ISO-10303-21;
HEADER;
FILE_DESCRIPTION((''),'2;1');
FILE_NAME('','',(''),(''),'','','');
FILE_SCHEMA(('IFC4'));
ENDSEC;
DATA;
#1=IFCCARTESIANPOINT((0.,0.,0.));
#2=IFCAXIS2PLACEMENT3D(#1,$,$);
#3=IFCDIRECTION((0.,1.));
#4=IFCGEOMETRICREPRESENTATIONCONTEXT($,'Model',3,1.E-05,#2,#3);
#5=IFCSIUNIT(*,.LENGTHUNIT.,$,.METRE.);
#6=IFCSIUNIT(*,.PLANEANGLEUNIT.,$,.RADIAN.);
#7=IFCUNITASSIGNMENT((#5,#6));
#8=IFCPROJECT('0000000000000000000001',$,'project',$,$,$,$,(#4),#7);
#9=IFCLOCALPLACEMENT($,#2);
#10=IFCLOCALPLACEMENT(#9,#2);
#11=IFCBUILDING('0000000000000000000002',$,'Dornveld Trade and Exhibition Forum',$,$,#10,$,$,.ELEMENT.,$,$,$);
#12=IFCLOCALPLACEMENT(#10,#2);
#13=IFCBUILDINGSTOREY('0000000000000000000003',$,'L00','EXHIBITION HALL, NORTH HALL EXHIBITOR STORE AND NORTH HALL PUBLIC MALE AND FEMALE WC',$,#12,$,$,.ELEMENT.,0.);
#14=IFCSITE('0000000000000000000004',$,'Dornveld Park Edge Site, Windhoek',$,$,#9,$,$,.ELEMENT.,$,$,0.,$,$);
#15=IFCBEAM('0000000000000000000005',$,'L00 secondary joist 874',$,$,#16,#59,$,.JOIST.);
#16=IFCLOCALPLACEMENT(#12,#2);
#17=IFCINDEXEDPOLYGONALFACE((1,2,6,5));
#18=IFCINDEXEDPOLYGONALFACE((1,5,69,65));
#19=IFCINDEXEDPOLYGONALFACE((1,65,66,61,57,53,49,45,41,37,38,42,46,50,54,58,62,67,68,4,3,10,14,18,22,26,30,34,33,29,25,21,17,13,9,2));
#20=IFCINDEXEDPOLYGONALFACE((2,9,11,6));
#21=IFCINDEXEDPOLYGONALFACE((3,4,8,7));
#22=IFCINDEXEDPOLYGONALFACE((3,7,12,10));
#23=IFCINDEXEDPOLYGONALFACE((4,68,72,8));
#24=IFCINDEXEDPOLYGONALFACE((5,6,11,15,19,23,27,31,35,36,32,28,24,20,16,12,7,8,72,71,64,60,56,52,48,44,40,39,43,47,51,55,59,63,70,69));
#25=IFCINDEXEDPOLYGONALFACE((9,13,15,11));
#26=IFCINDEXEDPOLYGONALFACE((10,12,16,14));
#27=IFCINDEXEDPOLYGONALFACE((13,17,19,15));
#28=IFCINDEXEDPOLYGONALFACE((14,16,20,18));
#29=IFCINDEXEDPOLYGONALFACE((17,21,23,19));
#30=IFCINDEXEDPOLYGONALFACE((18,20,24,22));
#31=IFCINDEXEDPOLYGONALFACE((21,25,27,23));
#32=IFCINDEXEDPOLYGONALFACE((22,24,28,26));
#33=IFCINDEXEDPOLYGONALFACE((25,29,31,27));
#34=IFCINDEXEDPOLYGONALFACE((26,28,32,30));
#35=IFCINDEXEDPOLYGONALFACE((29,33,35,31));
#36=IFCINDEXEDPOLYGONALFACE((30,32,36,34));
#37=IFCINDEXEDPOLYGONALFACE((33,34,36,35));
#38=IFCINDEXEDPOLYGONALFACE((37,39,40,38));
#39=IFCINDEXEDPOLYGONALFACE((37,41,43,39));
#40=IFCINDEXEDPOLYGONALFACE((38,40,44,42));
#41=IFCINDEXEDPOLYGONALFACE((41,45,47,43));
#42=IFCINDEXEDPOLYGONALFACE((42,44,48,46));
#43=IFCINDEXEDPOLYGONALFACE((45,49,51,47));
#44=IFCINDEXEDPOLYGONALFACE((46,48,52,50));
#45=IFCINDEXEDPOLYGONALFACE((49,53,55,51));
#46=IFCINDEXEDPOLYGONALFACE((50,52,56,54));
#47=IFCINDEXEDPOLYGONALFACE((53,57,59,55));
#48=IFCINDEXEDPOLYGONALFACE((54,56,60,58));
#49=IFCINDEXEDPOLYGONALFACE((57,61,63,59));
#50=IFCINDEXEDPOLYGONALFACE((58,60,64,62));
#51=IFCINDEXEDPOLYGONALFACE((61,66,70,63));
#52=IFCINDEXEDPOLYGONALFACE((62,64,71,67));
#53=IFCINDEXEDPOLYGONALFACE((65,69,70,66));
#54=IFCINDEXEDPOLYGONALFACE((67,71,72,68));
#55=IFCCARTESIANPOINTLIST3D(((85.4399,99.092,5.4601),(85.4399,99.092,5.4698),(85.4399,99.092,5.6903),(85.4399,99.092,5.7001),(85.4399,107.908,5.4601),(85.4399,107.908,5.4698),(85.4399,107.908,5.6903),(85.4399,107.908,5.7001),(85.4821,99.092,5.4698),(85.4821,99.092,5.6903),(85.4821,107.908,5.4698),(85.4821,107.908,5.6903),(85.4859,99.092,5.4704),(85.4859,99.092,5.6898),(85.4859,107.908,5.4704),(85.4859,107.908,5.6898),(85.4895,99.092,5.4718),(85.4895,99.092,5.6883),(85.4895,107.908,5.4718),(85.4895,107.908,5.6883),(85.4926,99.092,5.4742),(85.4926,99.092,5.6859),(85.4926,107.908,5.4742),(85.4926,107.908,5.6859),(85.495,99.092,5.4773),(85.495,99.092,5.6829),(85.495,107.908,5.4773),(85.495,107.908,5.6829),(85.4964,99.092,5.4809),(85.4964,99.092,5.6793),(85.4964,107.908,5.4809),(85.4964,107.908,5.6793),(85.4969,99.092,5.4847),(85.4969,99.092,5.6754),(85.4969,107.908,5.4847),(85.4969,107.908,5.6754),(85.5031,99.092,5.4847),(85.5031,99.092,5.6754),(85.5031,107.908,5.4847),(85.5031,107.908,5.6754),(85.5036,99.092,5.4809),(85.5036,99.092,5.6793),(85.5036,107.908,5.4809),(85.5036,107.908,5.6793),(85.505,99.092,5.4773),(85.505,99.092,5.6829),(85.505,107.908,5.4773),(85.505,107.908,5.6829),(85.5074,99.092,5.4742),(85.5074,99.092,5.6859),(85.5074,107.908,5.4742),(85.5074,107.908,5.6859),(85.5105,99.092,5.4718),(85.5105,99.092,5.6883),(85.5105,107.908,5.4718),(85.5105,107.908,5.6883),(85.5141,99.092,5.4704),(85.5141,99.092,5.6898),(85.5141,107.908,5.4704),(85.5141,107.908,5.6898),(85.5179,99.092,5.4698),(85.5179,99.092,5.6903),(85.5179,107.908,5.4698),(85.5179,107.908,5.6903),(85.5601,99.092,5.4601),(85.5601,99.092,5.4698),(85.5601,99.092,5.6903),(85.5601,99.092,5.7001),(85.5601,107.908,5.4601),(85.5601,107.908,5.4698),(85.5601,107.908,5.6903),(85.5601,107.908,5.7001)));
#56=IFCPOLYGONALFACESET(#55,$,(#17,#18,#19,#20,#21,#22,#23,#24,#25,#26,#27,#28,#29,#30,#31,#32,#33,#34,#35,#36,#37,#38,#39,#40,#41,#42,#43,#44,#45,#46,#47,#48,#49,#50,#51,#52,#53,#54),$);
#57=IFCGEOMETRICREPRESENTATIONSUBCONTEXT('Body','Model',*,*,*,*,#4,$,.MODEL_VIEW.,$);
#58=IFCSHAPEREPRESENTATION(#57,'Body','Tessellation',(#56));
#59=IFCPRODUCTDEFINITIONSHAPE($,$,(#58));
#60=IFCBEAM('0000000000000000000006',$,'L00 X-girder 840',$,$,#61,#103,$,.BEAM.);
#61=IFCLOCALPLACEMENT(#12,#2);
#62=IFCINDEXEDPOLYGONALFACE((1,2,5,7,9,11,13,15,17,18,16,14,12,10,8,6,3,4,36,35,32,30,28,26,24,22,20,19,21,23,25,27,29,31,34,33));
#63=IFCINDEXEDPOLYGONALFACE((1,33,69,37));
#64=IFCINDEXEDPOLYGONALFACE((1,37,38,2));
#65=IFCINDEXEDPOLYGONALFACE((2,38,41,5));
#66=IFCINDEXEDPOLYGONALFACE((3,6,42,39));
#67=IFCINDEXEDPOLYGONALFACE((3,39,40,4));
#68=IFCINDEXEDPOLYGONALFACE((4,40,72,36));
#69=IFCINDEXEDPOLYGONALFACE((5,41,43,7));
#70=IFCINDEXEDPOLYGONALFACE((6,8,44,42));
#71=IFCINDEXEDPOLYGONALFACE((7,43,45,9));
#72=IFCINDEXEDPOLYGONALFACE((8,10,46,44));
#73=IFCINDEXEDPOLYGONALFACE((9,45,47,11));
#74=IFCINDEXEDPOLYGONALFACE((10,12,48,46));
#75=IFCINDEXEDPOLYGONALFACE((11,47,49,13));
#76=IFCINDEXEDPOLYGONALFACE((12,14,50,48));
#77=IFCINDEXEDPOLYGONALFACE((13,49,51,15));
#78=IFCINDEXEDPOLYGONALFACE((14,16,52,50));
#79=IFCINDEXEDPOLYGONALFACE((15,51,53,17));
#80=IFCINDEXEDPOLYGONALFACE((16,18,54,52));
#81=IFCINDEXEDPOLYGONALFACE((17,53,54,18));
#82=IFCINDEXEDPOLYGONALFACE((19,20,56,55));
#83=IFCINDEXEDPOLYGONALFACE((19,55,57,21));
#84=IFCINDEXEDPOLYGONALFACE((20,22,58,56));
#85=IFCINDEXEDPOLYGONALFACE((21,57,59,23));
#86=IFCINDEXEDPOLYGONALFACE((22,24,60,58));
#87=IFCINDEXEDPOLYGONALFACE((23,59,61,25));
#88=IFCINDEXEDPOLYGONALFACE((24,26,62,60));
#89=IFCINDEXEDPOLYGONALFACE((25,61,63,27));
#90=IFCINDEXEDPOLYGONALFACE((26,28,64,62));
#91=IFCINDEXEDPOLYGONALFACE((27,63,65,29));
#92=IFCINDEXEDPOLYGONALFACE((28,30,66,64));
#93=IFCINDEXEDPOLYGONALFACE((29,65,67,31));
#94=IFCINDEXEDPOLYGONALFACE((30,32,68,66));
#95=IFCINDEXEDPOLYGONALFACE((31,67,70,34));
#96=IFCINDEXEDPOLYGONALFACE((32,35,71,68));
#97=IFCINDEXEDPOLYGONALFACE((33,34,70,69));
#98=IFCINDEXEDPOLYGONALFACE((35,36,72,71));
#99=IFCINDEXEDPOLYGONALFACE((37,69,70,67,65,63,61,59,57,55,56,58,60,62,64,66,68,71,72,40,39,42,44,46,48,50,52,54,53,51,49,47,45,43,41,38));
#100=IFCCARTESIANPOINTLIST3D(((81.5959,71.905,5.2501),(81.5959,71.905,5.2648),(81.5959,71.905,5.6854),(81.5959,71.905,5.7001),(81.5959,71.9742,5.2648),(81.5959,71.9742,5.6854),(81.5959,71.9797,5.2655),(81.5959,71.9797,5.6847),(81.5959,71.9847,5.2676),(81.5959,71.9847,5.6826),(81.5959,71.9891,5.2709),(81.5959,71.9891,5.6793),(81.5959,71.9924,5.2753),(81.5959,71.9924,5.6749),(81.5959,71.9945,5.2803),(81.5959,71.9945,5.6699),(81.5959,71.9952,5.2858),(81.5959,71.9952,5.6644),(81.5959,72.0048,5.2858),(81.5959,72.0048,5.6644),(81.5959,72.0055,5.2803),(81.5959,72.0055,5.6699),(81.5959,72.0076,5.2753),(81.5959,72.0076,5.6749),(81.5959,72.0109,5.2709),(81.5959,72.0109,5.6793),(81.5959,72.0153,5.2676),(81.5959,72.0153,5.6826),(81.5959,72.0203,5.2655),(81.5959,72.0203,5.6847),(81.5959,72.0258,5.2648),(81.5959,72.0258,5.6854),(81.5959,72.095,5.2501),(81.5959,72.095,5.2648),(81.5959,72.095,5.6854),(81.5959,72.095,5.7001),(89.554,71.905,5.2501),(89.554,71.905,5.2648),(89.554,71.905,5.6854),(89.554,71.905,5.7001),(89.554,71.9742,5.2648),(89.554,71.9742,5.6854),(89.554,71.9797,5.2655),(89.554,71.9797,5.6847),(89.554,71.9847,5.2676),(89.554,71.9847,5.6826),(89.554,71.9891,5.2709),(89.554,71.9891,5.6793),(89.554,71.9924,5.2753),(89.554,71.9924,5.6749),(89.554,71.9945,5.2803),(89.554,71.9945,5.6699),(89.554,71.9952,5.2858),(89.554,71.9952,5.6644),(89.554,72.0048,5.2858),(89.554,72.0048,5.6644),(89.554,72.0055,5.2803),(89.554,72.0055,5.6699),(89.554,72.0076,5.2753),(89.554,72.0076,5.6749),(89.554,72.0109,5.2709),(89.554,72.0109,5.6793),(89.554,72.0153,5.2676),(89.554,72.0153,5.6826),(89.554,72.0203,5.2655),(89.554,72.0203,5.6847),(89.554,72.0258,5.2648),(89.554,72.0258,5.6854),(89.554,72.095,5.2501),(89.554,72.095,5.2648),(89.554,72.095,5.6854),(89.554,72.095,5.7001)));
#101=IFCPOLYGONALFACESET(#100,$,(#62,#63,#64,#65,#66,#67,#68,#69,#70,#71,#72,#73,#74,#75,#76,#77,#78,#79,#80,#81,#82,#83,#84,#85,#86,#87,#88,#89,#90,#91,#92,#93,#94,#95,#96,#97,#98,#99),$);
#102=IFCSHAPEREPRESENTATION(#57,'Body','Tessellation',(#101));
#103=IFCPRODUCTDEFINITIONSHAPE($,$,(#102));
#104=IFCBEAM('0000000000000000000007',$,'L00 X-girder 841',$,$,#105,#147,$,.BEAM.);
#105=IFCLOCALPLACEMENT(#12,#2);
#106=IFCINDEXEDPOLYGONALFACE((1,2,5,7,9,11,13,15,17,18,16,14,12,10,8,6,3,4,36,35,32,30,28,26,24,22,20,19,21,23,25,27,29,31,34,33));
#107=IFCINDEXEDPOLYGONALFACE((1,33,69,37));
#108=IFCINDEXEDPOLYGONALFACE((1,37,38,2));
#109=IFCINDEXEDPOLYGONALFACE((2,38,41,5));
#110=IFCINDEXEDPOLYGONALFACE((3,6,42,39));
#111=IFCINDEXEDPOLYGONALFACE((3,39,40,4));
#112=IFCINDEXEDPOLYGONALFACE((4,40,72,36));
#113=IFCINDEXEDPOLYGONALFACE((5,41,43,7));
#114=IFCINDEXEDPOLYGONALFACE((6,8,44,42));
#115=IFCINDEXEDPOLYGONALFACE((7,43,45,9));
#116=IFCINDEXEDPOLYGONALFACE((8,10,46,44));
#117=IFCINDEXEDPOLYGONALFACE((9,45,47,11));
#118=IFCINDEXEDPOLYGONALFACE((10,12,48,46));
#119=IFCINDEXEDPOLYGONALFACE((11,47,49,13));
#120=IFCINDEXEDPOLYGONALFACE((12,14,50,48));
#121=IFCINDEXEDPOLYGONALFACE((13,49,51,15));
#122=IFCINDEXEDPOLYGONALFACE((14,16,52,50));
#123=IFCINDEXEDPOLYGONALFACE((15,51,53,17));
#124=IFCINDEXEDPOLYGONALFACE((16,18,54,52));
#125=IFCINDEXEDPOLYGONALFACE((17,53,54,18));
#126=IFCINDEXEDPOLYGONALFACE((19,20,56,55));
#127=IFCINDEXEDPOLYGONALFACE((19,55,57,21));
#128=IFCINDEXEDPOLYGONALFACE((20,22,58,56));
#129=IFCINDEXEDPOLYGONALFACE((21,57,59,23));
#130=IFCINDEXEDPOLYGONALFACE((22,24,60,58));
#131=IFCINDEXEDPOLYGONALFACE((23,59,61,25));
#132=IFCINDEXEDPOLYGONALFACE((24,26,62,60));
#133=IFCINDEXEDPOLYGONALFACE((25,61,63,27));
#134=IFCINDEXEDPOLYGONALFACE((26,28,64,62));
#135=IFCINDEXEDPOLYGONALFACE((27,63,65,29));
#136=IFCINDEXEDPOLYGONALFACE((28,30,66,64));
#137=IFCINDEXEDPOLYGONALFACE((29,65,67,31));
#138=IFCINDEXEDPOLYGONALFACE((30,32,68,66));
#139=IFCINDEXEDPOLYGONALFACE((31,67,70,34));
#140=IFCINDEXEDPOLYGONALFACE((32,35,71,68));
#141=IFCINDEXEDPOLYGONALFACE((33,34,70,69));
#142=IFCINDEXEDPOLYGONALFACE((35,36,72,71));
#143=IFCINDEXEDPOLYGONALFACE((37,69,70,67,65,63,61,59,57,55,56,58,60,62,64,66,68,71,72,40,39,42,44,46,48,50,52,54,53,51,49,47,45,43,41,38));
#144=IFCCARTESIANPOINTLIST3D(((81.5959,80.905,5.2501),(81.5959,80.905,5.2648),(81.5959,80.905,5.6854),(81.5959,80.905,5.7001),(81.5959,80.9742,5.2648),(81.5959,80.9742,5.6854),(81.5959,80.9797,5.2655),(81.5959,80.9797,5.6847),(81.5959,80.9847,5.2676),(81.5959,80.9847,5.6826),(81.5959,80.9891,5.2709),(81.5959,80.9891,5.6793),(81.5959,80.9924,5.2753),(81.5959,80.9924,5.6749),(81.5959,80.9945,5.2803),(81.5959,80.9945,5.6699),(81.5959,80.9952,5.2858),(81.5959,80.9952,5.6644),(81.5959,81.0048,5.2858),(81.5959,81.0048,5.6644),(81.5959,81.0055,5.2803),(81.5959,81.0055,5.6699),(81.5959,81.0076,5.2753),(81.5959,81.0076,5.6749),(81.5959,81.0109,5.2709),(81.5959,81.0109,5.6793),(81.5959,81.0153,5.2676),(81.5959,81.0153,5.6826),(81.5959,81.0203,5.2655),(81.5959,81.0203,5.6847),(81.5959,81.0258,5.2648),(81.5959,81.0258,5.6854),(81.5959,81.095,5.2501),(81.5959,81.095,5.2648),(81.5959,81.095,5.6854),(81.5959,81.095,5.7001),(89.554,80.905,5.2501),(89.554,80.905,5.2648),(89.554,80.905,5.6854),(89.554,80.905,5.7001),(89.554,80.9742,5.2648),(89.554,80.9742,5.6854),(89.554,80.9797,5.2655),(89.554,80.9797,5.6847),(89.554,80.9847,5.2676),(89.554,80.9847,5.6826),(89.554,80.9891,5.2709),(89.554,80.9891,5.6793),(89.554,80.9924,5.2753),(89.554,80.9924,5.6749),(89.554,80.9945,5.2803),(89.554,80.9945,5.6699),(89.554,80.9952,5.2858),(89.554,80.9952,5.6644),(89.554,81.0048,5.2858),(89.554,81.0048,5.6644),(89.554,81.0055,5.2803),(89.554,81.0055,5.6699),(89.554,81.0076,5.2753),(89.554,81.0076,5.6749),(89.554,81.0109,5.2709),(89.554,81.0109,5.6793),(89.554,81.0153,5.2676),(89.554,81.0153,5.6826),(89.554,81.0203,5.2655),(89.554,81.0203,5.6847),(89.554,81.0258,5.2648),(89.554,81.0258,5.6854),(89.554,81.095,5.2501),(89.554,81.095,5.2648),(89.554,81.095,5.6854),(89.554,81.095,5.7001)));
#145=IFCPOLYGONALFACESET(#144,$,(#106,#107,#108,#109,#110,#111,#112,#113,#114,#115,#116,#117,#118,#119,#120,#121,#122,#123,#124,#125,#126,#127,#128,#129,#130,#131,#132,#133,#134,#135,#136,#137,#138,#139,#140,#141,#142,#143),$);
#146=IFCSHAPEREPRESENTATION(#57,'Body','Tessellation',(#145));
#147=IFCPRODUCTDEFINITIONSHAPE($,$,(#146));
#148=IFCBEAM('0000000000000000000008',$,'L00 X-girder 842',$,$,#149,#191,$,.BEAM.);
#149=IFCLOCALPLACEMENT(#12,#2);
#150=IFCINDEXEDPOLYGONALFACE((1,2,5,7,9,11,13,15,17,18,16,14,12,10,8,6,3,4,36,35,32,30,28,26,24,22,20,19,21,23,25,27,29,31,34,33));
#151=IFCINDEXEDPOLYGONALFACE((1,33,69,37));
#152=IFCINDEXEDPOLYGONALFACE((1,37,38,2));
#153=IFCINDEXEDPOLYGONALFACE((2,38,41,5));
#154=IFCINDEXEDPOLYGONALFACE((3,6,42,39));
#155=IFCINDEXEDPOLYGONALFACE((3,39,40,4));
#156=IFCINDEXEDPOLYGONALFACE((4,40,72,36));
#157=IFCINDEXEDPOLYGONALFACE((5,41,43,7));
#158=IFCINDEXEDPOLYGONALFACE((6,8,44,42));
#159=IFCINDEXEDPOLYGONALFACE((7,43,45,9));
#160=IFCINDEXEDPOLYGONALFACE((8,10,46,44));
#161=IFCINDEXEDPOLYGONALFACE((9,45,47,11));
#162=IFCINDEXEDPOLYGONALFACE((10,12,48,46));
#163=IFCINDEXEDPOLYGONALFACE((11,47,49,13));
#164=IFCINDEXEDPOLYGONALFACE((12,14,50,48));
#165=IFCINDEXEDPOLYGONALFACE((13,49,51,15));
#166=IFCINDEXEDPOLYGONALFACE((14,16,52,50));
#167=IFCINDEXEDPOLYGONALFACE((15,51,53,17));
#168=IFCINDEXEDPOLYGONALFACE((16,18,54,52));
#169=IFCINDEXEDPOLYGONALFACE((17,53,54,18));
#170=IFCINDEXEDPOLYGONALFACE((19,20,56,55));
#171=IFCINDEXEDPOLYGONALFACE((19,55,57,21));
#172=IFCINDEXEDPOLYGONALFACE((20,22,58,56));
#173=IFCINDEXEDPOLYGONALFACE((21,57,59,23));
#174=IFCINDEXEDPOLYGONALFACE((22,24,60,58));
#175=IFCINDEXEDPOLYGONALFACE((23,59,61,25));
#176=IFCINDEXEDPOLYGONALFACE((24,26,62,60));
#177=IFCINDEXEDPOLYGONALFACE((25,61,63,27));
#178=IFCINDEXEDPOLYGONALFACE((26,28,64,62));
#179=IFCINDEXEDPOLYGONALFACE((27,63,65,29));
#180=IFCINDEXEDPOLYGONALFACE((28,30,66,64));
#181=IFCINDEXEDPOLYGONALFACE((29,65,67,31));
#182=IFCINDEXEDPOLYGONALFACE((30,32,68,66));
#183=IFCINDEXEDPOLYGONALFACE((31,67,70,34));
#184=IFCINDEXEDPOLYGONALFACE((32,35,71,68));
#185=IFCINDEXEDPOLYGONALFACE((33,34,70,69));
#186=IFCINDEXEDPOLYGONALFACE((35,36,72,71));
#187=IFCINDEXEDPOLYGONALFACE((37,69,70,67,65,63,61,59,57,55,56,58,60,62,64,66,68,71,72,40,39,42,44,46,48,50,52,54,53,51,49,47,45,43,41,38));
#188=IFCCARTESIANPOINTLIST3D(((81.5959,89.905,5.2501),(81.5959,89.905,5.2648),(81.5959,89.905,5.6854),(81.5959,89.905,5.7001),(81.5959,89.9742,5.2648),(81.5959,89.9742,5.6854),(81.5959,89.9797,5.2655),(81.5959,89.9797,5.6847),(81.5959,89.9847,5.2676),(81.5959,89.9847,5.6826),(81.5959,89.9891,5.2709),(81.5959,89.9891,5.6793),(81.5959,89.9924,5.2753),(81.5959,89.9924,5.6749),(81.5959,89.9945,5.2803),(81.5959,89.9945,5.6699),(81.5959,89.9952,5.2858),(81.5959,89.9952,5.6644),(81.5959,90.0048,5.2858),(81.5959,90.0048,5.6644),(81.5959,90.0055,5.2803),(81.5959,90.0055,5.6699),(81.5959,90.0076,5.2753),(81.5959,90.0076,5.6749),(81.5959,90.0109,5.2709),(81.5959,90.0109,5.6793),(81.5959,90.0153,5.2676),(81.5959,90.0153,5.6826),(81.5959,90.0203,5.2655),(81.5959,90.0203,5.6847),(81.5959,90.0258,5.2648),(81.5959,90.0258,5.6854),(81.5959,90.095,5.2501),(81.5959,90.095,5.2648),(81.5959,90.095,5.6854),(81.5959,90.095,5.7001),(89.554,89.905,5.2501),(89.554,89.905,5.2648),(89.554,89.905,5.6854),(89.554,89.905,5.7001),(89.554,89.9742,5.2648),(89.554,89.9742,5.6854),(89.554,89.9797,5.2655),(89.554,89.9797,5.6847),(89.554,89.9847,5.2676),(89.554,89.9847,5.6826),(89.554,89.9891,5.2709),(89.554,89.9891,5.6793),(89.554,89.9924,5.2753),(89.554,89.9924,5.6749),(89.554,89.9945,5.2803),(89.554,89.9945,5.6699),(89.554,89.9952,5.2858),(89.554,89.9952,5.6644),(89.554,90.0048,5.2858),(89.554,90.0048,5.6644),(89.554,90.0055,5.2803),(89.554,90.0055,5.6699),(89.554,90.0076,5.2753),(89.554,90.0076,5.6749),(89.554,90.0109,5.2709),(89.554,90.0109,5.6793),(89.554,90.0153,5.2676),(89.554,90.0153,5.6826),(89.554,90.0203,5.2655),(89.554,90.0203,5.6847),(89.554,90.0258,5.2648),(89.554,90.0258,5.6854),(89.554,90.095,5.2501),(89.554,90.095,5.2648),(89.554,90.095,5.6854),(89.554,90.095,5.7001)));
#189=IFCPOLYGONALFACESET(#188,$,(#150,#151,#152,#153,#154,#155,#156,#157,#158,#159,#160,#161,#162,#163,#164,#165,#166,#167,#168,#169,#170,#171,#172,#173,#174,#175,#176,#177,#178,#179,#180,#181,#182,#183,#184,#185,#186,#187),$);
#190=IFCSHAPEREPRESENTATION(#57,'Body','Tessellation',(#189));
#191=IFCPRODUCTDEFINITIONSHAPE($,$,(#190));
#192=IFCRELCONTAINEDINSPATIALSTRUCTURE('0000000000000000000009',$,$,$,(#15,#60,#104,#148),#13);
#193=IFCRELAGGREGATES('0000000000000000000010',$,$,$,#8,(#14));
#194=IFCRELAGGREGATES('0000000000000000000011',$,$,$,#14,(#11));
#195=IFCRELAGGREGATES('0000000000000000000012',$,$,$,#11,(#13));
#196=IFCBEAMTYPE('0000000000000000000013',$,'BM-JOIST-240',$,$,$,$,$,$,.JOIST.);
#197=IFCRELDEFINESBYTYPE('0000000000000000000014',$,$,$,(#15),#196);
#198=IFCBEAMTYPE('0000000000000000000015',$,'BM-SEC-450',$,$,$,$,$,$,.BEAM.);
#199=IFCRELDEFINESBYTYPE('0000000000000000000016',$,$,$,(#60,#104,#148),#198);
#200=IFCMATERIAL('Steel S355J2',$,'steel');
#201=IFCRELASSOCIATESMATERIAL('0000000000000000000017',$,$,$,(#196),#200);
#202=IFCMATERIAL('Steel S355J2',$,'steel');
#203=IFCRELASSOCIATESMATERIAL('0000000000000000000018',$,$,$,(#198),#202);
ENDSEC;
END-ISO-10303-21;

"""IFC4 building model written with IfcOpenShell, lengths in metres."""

from ifc_helpers import new_model, si_unit, direction, frame, origin, origin_2d, place, context, subcontext, project, spatial, i_section, extrude, material, material_profile, profile_set, type_object, element, save


model = new_model("IFC4")

# Units and contexts
model_context = context("Model", 3, precision=1e-05, world=origin(), true_north=direction((0.0, 1.0)))
body_context = subcontext(model_context, "Body", "Model", "MODEL_VIEW")
ifc_project = project(units=[si_unit("LENGTHUNIT", "METRE"), si_unit("PLANEANGLEUNIT", "RADIAN")], contexts=[model_context])

# Site, building, storey
site_placement = place(None, origin())
site = spatial("IfcSite", under=ifc_project, at=site_placement, Name="Dornveld Park Edge Site, Windhoek", CompositionType="ELEMENT", RefElevation=0.0)
building_placement = place(site_placement, origin())
building = spatial("IfcBuilding", under=site, at=building_placement, Name="Dornveld Trade and Exhibition Forum", CompositionType="ELEMENT")
storey_placement = place(building_placement, origin())
storey = spatial("IfcBuildingStorey", under=building, at=storey_placement, Name="L00", Description="EXHIBITION HALL, NORTH HALL EXHIBITOR STORE AND NORTH HALL PUBLIC MALE AND FEMALE WC", CompositionType="ELEMENT", Elevation=0.0)

# Beams
ifc_material_1 = material(Name="Steel S355J2", Category="steel")
ifc_material_profile_1 = material_profile(ifc_material_1, i_section(OverallWidth=0.1201, OverallDepth=0.24, WebThickness=0.0061, FlangeThickness=0.0098, FilletRadius=0.0149, at=origin_2d()), Name="IPE 240")
ifc_profile_set_1 = profile_set([ifc_material_profile_1], Name="Steel S355J2")
beam_type_1 = type_object("IfcBeamType", Name="BM-JOIST-240", PredefinedType="JOIST", material=ifc_profile_set_1)
for number, where, z_axis, x_axis, name in (
    (1, (85.5, 99.092, 5.5801), (0.0, 1.0, 0.0), (-1.0, 0.0, 0.0), "L00 secondary joist 874"),
):
    element("IfcBeam", number, at=place(storey_placement, frame(where, z_axis=z_axis, x_axis=x_axis)), inside=storey, type_object=beam_type_1, Name=name, PredefinedType="JOIST", context=body_context, shape_type="SweptSolid", body=[
        extrude(i_section(OverallWidth=0.1201, OverallDepth=0.24, WebThickness=0.0061, FlangeThickness=0.0098, FilletRadius=0.0149, at=origin_2d()), origin(), (0.0, 0.0, 1.0), 8.8159),
    ])
ifc_material_2 = material(Name="Steel S355J2", Category="steel")
ifc_material_profile_2 = material_profile(ifc_material_2, i_section(OverallWidth=0.1899, OverallDepth=0.45, WebThickness=0.0095, FlangeThickness=0.0146, FilletRadius=0.021, at=origin_2d()), Name="IPE 450")
ifc_profile_set_2 = profile_set([ifc_material_profile_2], Name="Steel S355J2")
beam_type_2 = type_object("IfcBeamType", Name="BM-SEC-450", PredefinedType="BEAM", material=ifc_profile_set_2)
for number, where, z_axis, x_axis, name in (
    (2, (81.5959, 72.0, 5.4751), (1.0, 0.0, 0.0), (0.0, 1.0, 0.0), "L00 X-girder 840"),
    (3, (81.5959, 81.0, 5.4751), (1.0, 0.0, 0.0), (0.0, 1.0, 0.0), "L00 X-girder 841"),
    (4, (81.5959, 90.0, 5.4751), (1.0, 0.0, 0.0), (0.0, 1.0, 0.0), "L00 X-girder 842"),
):
    element("IfcBeam", number, at=place(storey_placement, frame(where, z_axis=z_axis, x_axis=x_axis)), inside=storey, type_object=beam_type_2, Name=name, PredefinedType="BEAM", context=body_context, shape_type="SweptSolid", body=[
        extrude(i_section(OverallWidth=0.1899, OverallDepth=0.45, WebThickness=0.0095, FlangeThickness=0.0146, FilletRadius=0.021, at=origin_2d()), origin(), (0.0, 0.0, 1.0), 7.958),
    ])

save(model, "model.ifc")
